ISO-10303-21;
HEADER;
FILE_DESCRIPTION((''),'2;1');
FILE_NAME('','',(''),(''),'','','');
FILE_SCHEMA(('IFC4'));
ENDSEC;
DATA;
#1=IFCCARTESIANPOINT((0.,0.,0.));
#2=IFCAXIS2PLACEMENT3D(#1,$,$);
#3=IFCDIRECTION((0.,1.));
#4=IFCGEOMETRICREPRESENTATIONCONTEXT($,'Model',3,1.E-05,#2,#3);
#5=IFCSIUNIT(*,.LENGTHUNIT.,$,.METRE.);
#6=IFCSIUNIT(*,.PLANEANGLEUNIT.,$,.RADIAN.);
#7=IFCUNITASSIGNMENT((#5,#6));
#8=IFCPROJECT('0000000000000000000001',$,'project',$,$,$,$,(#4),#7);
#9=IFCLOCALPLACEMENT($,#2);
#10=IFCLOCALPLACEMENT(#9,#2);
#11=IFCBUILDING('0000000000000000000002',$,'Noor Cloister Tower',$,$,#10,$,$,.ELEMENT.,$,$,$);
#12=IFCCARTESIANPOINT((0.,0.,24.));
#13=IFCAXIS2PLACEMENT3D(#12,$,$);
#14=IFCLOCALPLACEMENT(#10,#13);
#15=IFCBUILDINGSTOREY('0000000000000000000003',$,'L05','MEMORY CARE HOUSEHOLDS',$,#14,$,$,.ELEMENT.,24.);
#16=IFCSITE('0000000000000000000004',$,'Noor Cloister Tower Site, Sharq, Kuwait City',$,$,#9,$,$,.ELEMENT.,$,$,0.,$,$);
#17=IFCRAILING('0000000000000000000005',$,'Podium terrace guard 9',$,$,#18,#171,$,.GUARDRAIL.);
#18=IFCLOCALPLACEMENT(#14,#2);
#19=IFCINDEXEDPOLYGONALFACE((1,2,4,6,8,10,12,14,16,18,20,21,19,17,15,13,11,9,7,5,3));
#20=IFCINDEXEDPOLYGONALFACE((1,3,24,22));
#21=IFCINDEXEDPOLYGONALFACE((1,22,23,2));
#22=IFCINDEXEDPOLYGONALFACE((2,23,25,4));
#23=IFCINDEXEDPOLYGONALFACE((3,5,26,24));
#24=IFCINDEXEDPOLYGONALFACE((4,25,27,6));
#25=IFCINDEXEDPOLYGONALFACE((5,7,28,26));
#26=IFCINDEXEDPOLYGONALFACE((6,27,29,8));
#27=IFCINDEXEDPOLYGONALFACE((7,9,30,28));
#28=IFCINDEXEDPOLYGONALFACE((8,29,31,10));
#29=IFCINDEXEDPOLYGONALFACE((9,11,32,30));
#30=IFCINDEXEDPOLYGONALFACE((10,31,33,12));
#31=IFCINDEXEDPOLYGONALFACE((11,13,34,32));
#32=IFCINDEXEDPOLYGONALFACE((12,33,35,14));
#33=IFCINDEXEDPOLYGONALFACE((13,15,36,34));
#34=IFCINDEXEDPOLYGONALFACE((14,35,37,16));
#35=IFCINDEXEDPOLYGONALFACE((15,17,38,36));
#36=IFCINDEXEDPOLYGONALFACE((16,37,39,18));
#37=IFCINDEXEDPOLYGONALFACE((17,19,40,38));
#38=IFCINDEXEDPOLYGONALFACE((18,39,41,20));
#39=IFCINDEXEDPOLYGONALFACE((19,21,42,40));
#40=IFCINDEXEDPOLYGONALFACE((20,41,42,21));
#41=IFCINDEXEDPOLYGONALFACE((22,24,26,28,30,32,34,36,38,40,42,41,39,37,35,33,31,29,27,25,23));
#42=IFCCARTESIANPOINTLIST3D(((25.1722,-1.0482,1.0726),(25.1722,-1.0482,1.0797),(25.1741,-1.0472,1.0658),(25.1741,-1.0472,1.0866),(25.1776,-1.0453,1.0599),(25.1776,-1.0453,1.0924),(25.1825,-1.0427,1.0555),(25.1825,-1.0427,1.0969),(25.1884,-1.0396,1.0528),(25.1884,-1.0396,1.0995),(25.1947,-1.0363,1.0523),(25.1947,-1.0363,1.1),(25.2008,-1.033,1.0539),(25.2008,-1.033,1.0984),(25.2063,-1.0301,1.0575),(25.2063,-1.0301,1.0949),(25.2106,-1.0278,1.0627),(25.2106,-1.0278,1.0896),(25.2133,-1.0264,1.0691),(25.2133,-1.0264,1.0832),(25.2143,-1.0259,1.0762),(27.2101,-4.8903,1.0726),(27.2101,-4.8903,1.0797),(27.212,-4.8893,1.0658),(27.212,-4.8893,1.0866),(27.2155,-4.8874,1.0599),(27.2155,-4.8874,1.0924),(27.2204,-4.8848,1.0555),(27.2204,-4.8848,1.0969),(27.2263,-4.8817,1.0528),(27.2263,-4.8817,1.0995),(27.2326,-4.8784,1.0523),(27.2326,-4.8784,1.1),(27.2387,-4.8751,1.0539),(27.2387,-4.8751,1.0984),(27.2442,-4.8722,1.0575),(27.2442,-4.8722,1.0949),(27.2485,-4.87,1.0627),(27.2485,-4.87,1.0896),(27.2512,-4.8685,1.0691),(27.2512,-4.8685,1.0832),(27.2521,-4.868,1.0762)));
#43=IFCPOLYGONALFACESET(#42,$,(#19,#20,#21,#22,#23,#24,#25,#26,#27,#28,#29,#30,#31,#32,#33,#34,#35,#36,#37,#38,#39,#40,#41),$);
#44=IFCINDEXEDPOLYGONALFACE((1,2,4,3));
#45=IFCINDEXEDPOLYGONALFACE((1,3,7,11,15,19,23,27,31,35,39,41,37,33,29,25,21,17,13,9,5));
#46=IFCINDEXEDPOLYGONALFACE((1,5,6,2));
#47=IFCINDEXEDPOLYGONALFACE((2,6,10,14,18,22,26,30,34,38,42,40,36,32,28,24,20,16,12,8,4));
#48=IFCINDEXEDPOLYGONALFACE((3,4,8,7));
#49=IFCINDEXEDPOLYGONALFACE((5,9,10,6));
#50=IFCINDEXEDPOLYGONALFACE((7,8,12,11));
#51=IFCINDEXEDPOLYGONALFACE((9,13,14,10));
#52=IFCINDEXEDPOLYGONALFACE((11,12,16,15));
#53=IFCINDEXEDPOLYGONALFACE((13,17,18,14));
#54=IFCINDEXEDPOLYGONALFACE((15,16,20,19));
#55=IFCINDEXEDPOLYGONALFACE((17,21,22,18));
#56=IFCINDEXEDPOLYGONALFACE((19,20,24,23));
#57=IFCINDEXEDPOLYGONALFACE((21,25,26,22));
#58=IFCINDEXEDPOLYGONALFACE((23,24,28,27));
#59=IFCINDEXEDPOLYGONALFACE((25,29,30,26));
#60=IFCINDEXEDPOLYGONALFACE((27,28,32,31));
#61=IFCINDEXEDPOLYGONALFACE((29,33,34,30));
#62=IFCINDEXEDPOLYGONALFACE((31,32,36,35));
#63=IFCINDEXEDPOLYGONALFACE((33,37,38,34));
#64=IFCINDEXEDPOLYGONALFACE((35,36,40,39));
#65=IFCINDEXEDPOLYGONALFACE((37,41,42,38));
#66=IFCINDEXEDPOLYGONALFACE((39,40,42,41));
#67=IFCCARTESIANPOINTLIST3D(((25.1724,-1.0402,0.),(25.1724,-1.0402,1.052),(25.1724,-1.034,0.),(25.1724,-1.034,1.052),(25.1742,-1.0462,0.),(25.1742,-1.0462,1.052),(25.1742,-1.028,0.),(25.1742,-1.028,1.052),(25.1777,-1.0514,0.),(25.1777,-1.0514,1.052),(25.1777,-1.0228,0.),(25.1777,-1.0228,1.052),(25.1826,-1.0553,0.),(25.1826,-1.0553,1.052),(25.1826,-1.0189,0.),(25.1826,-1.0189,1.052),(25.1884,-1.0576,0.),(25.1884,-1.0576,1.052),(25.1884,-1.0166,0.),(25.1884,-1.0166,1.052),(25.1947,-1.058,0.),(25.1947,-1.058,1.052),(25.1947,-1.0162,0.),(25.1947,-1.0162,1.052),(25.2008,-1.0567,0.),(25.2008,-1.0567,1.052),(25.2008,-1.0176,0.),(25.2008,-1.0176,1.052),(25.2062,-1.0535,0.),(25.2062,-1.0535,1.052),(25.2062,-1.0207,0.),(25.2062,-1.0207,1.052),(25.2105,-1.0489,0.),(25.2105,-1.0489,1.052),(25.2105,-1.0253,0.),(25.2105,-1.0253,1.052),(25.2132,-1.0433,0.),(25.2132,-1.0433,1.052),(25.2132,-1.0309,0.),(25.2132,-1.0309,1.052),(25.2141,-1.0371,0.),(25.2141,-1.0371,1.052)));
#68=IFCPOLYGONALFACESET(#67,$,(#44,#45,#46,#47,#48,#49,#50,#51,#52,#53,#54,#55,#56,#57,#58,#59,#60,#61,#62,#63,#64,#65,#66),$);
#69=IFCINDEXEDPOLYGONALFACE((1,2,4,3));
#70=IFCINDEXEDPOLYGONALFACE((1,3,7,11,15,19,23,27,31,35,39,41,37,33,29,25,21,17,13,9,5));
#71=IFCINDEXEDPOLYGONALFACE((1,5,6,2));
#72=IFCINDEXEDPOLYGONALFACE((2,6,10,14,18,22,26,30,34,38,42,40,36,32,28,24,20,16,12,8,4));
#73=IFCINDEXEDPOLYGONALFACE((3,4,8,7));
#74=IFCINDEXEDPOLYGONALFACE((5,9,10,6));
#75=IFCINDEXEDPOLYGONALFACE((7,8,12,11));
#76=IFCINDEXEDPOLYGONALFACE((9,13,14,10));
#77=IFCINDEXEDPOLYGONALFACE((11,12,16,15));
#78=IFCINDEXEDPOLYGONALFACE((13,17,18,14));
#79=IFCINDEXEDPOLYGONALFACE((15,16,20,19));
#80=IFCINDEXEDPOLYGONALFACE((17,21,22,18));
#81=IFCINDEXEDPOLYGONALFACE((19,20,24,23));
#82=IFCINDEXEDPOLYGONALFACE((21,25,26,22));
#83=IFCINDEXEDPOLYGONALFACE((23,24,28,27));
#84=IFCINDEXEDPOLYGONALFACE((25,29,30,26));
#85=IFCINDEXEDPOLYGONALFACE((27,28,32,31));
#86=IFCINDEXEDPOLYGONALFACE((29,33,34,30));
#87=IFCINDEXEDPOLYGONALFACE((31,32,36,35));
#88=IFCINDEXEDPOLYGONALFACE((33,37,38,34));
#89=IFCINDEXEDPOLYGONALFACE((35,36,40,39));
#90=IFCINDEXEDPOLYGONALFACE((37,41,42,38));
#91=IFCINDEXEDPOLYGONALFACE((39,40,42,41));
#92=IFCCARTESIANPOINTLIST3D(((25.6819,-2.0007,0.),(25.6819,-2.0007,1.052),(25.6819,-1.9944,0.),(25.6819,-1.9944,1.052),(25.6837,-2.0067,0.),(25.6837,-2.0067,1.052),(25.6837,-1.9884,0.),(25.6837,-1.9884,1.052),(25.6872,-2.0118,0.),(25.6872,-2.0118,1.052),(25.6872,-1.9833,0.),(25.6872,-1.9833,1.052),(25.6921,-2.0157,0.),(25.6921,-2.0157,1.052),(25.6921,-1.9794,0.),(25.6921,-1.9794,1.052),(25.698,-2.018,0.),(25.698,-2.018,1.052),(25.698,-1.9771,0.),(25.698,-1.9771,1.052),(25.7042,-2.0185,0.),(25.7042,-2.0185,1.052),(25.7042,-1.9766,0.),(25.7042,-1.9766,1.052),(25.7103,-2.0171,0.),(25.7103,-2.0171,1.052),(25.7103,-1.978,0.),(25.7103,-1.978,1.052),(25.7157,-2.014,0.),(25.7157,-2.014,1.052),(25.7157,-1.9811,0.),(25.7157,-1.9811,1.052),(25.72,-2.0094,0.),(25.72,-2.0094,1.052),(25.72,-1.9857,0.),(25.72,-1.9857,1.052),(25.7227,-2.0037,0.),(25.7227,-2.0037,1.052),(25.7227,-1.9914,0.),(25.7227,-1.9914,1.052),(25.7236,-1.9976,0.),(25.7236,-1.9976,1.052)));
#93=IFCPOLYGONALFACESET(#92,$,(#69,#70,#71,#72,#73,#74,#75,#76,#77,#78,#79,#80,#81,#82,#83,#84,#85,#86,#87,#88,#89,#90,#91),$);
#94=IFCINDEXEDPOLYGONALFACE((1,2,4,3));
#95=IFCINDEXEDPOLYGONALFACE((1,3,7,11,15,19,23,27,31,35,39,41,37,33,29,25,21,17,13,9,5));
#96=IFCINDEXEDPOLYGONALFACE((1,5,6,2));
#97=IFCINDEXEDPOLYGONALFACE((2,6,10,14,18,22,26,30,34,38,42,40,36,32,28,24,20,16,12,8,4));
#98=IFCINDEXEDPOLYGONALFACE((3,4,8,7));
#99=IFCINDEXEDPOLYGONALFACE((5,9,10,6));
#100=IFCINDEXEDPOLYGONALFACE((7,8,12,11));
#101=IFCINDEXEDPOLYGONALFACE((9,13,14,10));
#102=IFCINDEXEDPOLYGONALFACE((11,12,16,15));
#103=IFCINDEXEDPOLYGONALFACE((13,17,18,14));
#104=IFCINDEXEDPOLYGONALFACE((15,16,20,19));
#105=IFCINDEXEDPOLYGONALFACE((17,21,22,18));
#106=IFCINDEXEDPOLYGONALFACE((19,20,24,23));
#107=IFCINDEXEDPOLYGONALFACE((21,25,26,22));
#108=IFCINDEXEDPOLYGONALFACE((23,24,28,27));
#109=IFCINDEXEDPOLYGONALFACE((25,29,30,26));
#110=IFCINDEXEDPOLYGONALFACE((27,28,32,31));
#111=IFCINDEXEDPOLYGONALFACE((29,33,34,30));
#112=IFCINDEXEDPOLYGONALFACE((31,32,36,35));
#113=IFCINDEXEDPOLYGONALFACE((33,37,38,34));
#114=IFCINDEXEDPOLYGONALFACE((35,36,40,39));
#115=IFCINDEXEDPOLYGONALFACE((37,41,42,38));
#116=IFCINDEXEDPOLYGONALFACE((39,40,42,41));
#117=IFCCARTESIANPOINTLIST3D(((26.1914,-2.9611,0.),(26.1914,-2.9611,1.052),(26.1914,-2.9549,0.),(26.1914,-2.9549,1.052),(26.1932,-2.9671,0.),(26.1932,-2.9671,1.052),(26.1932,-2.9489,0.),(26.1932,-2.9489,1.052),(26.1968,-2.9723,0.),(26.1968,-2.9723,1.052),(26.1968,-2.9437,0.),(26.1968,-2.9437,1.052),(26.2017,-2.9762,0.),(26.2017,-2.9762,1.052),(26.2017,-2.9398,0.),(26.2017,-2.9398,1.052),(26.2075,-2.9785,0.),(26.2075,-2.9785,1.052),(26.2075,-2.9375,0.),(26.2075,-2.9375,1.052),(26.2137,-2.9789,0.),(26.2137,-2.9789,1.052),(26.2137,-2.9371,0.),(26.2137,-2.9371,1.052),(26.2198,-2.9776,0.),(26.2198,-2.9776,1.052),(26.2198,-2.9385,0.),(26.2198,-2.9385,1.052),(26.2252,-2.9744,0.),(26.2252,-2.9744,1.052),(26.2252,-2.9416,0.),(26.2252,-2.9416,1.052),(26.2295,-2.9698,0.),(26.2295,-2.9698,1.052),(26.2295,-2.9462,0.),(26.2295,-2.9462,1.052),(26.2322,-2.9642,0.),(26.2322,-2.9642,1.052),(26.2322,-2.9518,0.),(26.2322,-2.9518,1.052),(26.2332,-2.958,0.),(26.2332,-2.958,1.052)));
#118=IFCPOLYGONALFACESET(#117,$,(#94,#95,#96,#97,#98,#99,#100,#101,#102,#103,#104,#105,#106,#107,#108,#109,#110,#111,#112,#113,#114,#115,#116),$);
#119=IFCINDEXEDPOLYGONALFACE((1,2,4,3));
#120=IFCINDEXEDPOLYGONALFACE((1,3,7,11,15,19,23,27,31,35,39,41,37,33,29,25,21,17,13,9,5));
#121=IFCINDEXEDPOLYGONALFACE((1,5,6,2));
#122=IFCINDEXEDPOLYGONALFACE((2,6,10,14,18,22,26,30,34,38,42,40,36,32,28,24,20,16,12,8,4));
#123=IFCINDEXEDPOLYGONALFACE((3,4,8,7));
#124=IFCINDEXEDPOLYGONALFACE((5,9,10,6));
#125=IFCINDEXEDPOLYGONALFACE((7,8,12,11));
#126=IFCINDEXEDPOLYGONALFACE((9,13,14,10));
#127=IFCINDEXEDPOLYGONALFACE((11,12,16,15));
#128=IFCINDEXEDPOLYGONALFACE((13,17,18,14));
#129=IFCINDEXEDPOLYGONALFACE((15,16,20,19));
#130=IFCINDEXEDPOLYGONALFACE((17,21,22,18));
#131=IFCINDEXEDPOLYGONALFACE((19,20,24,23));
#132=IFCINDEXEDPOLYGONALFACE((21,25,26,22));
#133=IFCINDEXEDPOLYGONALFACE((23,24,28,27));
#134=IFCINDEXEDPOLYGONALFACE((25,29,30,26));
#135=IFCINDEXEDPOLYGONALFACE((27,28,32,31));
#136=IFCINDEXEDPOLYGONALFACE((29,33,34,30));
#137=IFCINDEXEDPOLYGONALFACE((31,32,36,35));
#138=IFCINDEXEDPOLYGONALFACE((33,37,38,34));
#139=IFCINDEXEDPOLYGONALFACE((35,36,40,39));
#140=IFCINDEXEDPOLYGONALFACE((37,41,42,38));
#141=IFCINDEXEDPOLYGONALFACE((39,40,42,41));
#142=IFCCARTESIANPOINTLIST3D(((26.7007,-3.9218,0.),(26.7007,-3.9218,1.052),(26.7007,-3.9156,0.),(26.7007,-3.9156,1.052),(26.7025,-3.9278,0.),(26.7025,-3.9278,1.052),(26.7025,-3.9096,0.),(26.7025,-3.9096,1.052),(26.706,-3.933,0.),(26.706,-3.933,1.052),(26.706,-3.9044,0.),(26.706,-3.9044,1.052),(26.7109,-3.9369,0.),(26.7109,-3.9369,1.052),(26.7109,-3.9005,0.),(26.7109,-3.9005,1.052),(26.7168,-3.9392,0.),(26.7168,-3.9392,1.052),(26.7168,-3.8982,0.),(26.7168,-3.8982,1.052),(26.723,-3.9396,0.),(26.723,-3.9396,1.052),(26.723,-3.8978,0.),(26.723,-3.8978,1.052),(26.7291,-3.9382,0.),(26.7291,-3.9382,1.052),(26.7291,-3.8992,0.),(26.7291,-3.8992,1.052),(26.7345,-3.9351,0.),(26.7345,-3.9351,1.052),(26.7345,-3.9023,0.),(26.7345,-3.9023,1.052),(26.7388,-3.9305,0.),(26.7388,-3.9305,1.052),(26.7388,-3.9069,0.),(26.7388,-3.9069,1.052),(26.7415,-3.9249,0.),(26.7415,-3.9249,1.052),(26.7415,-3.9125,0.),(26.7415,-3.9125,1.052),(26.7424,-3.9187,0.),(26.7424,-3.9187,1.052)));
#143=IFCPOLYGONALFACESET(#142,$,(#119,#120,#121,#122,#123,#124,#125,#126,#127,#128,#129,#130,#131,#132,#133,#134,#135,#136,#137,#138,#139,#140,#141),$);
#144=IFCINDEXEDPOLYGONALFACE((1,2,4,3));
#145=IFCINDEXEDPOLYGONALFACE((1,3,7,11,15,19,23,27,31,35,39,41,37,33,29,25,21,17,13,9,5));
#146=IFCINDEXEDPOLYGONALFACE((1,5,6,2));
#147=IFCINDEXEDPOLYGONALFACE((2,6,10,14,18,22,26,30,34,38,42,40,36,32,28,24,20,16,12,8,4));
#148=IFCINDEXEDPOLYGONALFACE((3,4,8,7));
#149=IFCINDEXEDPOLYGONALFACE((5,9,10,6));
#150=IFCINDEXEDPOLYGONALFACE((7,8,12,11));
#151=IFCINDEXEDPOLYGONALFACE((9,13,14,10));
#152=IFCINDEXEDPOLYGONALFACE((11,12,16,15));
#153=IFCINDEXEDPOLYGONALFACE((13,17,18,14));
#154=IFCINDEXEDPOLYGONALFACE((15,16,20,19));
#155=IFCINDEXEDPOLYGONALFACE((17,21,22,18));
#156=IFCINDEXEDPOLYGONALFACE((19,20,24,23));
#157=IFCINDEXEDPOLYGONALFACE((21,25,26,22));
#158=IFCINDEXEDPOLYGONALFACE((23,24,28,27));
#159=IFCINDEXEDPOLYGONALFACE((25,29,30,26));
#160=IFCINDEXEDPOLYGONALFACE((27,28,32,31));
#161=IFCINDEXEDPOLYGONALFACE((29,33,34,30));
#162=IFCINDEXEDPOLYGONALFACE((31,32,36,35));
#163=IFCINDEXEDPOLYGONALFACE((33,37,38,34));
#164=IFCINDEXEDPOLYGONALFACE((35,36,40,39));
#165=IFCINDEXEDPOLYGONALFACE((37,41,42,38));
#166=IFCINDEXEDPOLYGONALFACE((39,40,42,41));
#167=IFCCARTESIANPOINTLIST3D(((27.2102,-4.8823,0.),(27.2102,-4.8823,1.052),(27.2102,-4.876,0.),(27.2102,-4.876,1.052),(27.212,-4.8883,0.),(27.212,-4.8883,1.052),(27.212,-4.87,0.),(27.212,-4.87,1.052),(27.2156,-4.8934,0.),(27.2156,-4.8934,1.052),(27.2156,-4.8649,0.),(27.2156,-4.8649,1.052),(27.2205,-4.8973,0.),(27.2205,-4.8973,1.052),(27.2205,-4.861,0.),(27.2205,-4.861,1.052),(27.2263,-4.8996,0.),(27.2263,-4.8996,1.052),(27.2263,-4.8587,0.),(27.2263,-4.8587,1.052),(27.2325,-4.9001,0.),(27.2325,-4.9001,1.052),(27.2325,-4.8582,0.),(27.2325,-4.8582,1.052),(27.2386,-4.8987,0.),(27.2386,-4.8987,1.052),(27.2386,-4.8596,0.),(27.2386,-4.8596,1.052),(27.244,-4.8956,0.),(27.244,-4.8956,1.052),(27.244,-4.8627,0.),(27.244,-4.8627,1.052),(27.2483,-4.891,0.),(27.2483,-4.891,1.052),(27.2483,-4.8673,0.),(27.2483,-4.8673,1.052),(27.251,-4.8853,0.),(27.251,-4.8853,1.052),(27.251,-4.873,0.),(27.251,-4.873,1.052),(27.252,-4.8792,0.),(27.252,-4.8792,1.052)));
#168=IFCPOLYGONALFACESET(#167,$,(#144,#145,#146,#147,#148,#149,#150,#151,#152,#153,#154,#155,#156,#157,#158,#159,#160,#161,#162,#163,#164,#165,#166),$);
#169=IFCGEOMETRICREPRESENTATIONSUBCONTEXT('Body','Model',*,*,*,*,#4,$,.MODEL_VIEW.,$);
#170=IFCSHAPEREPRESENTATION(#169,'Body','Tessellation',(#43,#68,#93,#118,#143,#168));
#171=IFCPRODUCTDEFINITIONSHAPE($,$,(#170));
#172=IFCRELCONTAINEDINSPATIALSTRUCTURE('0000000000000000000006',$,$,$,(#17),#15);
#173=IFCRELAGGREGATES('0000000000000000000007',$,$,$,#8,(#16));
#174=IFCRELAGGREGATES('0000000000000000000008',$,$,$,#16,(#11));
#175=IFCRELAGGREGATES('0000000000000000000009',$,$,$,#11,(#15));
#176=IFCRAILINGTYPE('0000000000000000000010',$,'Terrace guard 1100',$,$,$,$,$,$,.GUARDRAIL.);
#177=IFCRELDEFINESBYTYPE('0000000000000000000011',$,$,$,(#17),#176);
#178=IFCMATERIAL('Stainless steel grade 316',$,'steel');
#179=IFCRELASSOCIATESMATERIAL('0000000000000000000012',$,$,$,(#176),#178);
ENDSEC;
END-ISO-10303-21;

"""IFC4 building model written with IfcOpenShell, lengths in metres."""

from ifc_helpers import new_model, si_unit, direction, frame, origin, origin_2d, place, context, subcontext, project, spatial, circle, extrude, material, type_object, element, save


model = new_model("IFC4")

# Units and contexts
model_context = context("Model", 3, precision=1e-05, world=origin(), true_north=direction((0.0, 1.0)))
body_context = subcontext(model_context, "Body", "Model", "MODEL_VIEW")
ifc_project = project(units=[si_unit("LENGTHUNIT", "METRE"), si_unit("PLANEANGLEUNIT", "RADIAN")], contexts=[model_context])

# Site, building, storey
site_placement = place(None, origin())
site = spatial("IfcSite", under=ifc_project, at=site_placement, Name="Noor Cloister Tower Site, Sharq, Kuwait City", CompositionType="ELEMENT", RefElevation=0.0)
building_placement = place(site_placement, origin())
building = spatial("IfcBuilding", under=site, at=building_placement, Name="Noor Cloister Tower", CompositionType="ELEMENT")
storey_placement = place(building_placement, frame((0.0, 0.0, 24.0)))
storey = spatial("IfcBuildingStorey", under=building, at=storey_placement, Name="L05", Description="MEMORY CARE HOUSEHOLDS", CompositionType="ELEMENT", Elevation=24.0)

# Railing
ifc_material_1 = material(Name="Stainless steel grade 316", Category="steel")
railing_type = type_object("IfcRailingType", Name="Terrace guard 1100", PredefinedType="GUARDRAIL", material=ifc_material_1)
railing_1_placement = place(storey_placement, frame((25.1931, -1.0371, 0.0)))
element("IfcRailing", 1, at=railing_1_placement, inside=storey, type_object=railing_type, Name="Podium terrace guard 9", PredefinedType="GUARDRAIL", context=body_context, shape_type="SweptSolid", body=[
    extrude(circle(Radius=0.0239, at=origin_2d()), frame((0.0, 0.0, 1.0762), z_axis=(0.468574, -0.883424, 0.0), x_axis=(0.883424, 0.468574, 0.0)), (0.0, 0.0, 1.0), 4.3491),
    extrude(circle(Radius=0.021, at=origin_2d()), origin(), (0.0, 0.0, 1.0), 1.052),
    extrude(circle(Radius=0.021, at=origin_2d()), frame((0.5095, -0.9604, 0.0)), (0.0, 0.0, 1.0), 1.052),
    extrude(circle(Radius=0.021, at=origin_2d()), frame((1.019, -1.9209, 0.0)), (0.0, 0.0, 1.0), 1.052),
    extrude(circle(Radius=0.021, at=origin_2d()), frame((1.5283, -2.8816, 0.0)), (0.0, 0.0, 1.0), 1.052),
    extrude(circle(Radius=0.021, at=origin_2d()), frame((2.0378, -3.842, 0.0)), (0.0, 0.0, 1.0), 1.052),
])

save(model, "model.ifc")
